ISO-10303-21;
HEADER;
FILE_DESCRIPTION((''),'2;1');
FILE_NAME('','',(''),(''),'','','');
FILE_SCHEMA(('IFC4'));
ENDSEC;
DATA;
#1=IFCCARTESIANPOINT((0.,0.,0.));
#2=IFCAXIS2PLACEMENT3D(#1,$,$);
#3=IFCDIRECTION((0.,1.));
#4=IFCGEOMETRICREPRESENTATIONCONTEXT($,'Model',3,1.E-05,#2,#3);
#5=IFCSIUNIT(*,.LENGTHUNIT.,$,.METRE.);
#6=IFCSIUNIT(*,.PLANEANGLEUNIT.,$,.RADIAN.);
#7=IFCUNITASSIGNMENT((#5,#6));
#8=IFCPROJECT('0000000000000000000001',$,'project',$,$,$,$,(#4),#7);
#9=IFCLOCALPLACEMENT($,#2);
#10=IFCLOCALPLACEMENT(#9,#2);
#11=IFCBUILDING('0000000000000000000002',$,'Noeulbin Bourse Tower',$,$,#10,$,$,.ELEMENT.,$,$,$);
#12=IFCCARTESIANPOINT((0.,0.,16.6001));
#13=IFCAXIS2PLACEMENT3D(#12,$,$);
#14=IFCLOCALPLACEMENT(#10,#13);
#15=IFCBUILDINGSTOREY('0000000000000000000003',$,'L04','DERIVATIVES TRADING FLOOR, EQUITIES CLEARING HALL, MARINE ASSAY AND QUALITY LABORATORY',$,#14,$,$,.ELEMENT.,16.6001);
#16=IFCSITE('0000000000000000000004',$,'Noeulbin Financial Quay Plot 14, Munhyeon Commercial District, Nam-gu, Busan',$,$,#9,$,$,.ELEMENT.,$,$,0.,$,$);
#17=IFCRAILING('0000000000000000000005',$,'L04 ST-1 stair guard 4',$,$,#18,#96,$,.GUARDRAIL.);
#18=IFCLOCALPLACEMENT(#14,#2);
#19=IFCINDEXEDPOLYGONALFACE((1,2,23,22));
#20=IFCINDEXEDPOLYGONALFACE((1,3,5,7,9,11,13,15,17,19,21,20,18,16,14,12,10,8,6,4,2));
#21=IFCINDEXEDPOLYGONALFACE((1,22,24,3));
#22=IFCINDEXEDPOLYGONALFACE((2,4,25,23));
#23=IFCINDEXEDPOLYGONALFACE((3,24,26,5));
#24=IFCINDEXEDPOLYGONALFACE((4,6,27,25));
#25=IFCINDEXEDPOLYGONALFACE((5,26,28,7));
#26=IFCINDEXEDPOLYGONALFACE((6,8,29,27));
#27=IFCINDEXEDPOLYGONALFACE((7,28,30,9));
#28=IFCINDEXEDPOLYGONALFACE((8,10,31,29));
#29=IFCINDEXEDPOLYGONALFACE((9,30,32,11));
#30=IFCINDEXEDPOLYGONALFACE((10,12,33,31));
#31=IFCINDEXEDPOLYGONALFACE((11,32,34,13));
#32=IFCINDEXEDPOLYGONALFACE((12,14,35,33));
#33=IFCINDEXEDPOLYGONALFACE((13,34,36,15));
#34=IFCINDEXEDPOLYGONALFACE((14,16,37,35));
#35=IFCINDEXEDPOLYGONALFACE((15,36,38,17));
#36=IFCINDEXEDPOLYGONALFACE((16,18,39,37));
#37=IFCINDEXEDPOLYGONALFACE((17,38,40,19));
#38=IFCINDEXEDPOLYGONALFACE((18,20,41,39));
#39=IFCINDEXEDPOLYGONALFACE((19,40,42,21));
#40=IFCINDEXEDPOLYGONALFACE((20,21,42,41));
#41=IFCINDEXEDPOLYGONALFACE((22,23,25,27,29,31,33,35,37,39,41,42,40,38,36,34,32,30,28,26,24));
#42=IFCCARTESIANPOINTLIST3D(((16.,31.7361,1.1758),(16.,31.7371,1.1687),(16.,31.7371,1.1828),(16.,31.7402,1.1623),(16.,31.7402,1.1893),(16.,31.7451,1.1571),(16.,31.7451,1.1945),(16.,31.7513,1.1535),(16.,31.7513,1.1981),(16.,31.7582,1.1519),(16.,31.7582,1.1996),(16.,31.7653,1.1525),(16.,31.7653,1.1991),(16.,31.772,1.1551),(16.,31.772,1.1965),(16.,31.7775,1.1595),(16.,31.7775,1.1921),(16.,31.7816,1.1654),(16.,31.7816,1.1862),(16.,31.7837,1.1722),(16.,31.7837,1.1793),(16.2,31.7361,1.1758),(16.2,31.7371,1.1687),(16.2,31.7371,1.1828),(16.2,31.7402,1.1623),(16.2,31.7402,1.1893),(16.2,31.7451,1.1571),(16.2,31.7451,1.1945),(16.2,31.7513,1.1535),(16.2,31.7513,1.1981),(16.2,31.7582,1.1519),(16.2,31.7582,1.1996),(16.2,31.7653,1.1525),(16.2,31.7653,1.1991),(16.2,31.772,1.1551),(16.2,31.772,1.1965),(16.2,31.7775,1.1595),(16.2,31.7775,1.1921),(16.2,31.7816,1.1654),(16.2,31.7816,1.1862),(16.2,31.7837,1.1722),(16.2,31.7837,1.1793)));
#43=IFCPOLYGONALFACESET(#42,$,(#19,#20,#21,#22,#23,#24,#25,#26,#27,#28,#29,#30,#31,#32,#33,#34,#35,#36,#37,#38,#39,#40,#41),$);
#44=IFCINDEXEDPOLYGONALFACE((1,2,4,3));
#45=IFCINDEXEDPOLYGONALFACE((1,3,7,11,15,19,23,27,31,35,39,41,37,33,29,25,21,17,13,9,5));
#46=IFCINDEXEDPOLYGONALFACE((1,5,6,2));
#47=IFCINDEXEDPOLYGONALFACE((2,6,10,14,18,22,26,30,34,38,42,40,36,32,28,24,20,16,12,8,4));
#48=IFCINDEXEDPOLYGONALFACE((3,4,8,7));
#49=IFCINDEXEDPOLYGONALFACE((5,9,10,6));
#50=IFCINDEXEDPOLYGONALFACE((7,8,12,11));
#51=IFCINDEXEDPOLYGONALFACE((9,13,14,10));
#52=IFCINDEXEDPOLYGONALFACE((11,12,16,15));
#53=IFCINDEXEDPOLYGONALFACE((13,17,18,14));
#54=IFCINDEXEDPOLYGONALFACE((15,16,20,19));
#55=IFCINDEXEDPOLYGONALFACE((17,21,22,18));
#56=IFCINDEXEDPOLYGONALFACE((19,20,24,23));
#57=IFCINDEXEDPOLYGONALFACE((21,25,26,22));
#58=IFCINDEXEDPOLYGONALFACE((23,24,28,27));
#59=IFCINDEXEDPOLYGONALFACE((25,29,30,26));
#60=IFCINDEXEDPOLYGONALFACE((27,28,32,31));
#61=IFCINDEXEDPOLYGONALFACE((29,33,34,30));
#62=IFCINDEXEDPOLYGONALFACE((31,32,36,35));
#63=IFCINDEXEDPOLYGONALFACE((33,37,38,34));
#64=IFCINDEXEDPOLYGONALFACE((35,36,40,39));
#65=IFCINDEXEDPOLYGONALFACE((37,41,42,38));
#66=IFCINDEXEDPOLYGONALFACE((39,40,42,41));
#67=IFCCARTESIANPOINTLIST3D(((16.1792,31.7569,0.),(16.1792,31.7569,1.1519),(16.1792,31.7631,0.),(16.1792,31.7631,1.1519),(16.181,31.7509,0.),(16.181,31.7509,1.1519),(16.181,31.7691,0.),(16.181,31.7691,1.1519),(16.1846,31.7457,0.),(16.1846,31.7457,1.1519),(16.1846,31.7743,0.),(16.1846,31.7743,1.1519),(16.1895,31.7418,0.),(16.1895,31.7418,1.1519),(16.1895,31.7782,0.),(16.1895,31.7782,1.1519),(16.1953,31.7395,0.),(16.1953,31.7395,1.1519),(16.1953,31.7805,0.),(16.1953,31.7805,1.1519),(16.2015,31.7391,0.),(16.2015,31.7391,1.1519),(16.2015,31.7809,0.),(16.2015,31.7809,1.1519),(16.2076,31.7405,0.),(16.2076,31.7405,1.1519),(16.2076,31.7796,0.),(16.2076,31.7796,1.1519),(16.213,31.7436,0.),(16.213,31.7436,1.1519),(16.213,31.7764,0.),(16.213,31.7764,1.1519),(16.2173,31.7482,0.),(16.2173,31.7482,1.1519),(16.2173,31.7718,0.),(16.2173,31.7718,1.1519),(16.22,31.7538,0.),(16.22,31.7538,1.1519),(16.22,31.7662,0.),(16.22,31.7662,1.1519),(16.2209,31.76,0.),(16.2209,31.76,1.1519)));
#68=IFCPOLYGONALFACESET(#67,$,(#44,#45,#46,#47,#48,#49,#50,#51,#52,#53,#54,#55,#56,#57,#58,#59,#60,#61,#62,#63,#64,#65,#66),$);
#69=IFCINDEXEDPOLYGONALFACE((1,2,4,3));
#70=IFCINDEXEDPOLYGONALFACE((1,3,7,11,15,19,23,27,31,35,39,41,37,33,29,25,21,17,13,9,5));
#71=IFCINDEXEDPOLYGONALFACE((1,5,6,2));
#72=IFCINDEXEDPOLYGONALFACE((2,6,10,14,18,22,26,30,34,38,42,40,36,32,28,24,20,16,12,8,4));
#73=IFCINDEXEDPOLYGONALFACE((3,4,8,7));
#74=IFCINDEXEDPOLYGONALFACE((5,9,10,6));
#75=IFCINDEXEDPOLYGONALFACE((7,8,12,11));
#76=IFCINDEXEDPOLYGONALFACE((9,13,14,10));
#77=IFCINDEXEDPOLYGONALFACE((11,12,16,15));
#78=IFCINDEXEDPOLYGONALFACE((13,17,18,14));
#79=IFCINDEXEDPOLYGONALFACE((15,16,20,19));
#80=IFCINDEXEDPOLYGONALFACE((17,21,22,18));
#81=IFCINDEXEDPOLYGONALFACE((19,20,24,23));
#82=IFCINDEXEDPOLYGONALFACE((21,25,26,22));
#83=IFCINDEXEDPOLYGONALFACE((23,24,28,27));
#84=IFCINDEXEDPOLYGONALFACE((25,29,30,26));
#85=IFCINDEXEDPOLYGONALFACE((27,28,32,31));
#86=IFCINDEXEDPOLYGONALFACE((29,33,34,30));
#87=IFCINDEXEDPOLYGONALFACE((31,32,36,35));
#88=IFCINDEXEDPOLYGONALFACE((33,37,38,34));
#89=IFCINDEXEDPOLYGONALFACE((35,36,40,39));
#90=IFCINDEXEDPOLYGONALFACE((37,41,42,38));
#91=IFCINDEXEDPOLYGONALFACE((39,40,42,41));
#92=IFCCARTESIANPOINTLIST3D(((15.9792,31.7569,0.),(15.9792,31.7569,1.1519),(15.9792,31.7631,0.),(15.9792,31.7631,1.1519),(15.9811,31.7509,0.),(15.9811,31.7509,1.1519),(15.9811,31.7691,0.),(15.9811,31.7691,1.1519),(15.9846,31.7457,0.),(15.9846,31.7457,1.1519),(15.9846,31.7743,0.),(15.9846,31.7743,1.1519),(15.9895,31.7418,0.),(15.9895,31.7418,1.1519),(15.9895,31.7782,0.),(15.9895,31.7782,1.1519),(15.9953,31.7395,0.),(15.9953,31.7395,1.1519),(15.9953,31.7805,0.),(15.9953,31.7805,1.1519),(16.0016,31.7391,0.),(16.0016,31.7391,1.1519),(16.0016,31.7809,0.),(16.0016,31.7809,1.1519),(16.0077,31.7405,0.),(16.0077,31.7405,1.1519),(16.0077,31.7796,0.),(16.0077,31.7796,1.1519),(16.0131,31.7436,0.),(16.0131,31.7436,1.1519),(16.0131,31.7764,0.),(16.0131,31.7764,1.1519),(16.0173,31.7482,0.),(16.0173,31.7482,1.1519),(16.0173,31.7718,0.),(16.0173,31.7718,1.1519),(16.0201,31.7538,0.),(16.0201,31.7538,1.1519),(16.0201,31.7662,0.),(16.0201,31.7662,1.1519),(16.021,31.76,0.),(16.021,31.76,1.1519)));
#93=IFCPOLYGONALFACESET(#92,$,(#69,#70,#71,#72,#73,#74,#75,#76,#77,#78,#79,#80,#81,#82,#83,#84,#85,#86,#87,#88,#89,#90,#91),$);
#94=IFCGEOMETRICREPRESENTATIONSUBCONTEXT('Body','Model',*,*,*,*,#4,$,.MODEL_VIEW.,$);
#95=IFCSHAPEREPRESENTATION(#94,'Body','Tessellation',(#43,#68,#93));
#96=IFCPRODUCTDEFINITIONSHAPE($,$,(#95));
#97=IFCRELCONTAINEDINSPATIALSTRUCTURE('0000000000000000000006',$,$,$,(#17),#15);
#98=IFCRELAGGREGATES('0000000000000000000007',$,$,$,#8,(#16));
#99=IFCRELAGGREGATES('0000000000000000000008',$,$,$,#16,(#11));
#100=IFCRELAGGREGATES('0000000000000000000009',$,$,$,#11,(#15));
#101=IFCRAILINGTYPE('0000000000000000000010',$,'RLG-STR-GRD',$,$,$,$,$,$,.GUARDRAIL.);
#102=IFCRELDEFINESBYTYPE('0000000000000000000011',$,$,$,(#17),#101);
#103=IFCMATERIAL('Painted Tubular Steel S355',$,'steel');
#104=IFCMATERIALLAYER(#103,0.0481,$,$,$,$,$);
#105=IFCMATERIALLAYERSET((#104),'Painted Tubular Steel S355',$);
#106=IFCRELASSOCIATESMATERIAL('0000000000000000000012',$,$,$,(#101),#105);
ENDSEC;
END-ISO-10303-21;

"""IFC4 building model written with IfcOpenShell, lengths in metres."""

from ifc_helpers import new_model, si_unit, direction, frame, origin, origin_2d, place, context, subcontext, project, spatial, circle, extrude, material, layer, layer_set, type_object, element, save


model = new_model("IFC4")

# Units and contexts
model_context = context("Model", 3, precision=1e-05, world=origin(), true_north=direction((0.0, 1.0)))
body_context = subcontext(model_context, "Body", "Model", "MODEL_VIEW")
ifc_project = project(units=[si_unit("LENGTHUNIT", "METRE"), si_unit("PLANEANGLEUNIT", "RADIAN")], contexts=[model_context])

# Site, building, storey
site_placement = place(None, origin())
site = spatial("IfcSite", under=ifc_project, at=site_placement, Name="Noeulbin Financial Quay Plot 14, Munhyeon Commercial District, Nam-gu, Busan", CompositionType="ELEMENT", RefElevation=0.0)
building_placement = place(site_placement, origin())
building = spatial("IfcBuilding", under=site, at=building_placement, Name="Noeulbin Bourse Tower", CompositionType="ELEMENT")
storey_placement = place(building_placement, frame((0.0, 0.0, 16.6001)))
storey = spatial("IfcBuildingStorey", under=building, at=storey_placement, Name="L04", Description="DERIVATIVES TRADING FLOOR, EQUITIES CLEARING HALL, MARINE ASSAY AND QUALITY LABORATORY", CompositionType="ELEMENT", Elevation=16.6001)

# Railing
ifc_material_1 = material(Name="Painted Tubular Steel S355", Category="steel")
ifc_layer_1 = layer(ifc_material_1, 0.0481)
ifc_layer_set_1 = layer_set([ifc_layer_1], Name="Painted Tubular Steel S355")
railing_type_1 = type_object("IfcRailingType", Name="RLG-STR-GRD", PredefinedType="GUARDRAIL", material=ifc_layer_set_1)
railing_1_placement = place(storey_placement, frame((16.2, 31.76, 0.0)))
element("IfcRailing", 1, at=railing_1_placement, inside=storey, type_object=railing_type_1, Name="L04 ST-1 stair guard 4", PredefinedType="GUARDRAIL", context=body_context, shape_type="SweptSolid", body=[
    extrude(circle(Radius=0.0239, at=origin_2d()), frame((0.0, 0.0, 1.1758), z_axis=(-1.0, 0.0, 0.0), x_axis=(0.0, -1.0, 0.0)), (0.0, 0.0, 1.0), 0.2),
    extrude(circle(Radius=0.021, at=origin_2d()), origin(), (0.0, 0.0, 1.0), 1.1519),
    extrude(circle(Radius=0.021, at=origin_2d()), frame((-0.2, 0.0, 0.0)), (0.0, 0.0, 1.0), 1.1519),
])

save(model, "model.ifc")
